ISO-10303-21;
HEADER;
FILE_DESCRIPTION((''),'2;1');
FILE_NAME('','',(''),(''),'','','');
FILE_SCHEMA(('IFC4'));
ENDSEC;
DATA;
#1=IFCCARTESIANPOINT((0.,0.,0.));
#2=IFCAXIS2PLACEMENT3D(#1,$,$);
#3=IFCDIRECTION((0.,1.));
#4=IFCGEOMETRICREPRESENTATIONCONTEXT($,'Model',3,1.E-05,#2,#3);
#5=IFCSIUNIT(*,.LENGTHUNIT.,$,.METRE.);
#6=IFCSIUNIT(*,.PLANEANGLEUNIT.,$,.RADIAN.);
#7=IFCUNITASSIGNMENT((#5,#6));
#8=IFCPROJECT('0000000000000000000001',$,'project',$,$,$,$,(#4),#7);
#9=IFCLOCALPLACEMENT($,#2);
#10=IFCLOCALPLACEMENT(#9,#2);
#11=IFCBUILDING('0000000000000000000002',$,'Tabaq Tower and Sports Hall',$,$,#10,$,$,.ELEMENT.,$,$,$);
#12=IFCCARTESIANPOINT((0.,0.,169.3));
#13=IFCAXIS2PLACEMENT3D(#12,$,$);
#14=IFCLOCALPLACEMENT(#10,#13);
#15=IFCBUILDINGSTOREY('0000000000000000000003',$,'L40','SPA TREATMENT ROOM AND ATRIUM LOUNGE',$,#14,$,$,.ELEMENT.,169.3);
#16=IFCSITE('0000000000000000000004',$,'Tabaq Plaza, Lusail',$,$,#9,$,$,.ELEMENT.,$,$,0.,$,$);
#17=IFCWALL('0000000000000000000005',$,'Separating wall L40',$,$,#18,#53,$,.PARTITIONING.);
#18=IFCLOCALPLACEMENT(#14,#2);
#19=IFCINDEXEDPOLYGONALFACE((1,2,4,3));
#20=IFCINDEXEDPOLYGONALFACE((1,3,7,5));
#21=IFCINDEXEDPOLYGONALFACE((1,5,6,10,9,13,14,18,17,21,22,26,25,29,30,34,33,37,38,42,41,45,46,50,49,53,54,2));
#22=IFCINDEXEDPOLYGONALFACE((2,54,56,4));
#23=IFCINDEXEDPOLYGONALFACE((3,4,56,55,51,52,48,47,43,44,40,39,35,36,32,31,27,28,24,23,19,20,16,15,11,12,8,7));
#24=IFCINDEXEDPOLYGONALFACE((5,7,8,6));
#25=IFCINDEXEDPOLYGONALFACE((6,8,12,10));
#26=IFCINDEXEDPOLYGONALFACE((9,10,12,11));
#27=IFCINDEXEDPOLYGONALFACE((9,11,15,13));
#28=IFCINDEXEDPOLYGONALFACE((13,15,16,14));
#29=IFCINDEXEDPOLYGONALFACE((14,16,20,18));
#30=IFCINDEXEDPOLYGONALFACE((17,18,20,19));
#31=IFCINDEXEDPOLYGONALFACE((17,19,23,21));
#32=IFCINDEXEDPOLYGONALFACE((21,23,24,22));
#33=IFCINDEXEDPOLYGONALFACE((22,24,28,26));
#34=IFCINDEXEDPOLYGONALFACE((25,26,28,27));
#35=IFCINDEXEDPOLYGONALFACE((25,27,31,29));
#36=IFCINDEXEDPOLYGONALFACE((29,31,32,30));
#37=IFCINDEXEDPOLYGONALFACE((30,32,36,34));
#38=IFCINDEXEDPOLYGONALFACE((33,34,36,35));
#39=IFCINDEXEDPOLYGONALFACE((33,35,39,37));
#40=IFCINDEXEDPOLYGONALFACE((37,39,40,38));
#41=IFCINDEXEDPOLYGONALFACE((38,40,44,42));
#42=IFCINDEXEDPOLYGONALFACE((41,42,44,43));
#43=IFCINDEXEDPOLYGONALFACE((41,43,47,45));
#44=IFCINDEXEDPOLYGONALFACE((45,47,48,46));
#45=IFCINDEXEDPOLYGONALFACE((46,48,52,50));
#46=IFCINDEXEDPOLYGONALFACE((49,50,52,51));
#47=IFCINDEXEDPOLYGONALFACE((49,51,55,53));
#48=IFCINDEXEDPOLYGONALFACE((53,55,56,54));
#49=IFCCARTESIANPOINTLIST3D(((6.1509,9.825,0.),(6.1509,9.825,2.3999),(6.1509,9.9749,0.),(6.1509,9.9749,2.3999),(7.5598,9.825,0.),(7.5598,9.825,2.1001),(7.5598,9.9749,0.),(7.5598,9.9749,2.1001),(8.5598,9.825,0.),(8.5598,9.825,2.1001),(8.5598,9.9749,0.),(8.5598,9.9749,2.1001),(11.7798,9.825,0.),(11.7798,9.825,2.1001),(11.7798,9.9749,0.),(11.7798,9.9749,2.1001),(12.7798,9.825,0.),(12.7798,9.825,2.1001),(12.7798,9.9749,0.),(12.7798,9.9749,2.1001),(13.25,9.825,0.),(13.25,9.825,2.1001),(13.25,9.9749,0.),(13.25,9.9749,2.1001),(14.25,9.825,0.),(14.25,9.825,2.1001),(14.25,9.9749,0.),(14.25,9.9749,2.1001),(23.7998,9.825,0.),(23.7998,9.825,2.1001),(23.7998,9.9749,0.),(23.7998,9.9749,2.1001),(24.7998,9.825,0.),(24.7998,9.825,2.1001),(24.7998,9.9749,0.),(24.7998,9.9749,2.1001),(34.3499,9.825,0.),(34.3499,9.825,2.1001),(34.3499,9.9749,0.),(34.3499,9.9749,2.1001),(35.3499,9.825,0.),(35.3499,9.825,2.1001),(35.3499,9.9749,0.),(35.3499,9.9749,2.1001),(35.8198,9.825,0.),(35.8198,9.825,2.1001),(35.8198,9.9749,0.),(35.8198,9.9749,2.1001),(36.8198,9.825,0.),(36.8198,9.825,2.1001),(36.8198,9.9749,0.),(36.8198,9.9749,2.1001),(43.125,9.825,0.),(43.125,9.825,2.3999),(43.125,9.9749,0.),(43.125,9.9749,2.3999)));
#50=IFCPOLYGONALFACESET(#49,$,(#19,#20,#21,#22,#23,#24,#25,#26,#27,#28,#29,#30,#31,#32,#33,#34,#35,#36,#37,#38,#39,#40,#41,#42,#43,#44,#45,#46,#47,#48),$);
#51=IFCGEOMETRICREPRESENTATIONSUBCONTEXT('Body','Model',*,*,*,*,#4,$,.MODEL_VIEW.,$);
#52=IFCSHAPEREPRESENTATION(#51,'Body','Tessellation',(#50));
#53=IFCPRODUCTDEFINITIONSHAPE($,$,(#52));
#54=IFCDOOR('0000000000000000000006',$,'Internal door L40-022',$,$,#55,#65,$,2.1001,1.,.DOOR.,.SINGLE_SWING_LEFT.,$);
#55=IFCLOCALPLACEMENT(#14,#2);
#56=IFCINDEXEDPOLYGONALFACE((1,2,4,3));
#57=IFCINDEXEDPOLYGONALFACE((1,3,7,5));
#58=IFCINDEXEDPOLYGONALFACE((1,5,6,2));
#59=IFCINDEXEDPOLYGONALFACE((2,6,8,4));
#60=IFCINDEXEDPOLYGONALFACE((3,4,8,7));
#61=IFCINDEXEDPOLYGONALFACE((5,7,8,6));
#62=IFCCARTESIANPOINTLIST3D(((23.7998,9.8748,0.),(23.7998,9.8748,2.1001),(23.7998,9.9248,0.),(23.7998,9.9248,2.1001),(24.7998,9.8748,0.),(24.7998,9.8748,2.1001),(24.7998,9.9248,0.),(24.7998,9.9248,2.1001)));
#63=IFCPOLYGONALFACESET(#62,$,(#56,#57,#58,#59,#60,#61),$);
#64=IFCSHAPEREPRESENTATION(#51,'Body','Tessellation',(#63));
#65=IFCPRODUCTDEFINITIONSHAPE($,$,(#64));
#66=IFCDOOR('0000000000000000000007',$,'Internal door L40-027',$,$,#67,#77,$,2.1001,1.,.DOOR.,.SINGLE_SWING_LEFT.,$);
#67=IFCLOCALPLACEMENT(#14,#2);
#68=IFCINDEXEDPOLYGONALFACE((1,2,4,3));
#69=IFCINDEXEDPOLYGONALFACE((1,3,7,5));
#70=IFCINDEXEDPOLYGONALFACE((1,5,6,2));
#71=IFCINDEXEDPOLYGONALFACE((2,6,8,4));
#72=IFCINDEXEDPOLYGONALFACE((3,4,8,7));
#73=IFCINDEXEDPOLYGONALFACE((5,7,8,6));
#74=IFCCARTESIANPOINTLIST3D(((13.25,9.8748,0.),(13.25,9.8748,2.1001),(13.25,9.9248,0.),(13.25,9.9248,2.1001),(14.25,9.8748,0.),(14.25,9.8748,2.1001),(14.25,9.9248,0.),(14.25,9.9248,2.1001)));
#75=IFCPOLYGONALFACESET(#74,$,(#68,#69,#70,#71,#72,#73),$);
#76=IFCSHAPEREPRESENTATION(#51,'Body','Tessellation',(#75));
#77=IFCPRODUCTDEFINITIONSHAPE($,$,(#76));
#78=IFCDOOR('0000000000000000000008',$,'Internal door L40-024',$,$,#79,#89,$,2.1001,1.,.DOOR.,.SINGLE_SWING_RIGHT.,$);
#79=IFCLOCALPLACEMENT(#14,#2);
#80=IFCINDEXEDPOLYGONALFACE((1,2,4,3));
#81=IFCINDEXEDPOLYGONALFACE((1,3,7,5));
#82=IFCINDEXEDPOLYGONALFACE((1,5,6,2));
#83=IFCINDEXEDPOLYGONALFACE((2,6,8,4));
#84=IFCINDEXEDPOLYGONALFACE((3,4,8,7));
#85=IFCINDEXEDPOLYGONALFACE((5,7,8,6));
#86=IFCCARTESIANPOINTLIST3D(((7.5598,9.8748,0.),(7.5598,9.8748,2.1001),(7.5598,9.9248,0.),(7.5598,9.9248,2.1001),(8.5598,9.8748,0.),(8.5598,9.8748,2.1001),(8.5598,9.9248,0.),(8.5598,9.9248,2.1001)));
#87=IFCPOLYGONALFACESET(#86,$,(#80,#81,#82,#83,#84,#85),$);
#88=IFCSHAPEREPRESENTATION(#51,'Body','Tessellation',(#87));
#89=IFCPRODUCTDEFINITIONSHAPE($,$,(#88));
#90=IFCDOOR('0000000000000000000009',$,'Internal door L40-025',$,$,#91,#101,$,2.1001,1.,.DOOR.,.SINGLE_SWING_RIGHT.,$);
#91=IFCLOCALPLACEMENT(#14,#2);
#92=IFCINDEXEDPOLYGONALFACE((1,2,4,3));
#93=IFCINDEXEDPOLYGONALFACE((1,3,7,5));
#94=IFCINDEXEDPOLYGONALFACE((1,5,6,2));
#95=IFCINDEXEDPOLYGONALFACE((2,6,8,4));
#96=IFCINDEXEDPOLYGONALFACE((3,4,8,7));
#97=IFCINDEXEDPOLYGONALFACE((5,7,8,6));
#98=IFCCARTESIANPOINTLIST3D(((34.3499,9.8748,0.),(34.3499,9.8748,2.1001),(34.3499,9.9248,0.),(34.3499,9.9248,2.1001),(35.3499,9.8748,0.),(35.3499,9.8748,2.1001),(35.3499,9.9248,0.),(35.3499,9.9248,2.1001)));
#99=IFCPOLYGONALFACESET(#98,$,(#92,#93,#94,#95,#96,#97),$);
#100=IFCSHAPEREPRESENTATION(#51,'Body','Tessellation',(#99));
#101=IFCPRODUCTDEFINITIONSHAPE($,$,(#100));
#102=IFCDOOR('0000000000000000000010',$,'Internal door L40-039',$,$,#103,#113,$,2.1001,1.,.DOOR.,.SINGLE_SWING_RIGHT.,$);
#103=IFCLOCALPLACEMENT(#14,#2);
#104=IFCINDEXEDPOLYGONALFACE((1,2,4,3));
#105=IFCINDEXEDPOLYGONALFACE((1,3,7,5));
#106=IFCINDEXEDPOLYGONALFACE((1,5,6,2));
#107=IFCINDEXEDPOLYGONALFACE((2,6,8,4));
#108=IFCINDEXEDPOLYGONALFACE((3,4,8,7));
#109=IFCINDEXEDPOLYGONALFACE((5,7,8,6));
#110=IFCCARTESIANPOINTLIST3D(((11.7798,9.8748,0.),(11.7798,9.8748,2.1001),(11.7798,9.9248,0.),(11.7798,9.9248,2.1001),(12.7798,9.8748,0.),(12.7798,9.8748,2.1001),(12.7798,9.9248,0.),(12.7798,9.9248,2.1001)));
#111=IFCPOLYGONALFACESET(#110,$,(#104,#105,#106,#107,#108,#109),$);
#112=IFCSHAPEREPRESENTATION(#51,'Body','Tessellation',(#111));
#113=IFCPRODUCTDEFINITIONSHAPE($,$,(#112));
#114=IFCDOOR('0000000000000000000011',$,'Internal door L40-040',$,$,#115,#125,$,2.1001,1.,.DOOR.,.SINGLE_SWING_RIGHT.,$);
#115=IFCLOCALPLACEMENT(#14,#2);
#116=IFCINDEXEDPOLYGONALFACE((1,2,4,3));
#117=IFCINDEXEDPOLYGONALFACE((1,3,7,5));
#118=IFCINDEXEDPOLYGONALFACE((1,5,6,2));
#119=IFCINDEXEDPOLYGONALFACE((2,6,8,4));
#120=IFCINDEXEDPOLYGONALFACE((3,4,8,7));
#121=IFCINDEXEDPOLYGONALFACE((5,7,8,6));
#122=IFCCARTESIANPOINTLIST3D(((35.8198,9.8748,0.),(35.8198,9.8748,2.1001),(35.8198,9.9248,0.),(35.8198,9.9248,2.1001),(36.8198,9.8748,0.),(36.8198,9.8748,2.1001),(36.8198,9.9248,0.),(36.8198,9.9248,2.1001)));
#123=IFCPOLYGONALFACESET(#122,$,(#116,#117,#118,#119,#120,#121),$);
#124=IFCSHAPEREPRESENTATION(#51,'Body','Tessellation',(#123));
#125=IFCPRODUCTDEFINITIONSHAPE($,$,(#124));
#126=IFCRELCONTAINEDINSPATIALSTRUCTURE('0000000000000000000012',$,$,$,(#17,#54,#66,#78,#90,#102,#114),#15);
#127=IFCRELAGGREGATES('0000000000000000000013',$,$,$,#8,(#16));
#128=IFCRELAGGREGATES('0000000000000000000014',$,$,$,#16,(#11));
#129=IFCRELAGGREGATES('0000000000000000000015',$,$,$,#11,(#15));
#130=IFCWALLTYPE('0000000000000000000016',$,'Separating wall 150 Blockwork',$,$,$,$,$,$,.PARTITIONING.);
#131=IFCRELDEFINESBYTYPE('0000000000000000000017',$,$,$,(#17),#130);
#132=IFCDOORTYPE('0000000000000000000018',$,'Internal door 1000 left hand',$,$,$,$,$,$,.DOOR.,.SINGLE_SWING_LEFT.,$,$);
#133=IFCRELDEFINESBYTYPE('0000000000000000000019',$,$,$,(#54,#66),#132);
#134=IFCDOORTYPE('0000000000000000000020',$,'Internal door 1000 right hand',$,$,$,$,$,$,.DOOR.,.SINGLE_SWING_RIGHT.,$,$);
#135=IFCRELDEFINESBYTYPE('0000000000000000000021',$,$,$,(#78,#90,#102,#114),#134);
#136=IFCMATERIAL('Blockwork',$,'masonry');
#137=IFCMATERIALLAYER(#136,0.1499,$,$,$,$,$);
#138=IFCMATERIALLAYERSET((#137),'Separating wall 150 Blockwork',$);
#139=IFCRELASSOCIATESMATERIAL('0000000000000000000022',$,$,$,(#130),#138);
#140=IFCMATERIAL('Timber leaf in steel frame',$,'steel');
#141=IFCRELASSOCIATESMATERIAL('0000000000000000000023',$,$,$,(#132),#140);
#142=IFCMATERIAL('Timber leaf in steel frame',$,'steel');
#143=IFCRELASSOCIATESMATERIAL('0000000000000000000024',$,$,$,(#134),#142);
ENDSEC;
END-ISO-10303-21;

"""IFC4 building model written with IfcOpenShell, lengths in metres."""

from ifc_helpers import new_model, si_unit, direction, frame, frame_2d, origin, place, context, subcontext, project, spatial, rectangle, extrude, material, layer, layer_set, type_object, element, fill, save


model = new_model("IFC4")

# Units and contexts
model_context = context("Model", 3, precision=1e-05, world=origin(), true_north=direction((0.0, 1.0)))
body_context = subcontext(model_context, "Body", "Model", "MODEL_VIEW")
ifc_project = project(units=[si_unit("LENGTHUNIT", "METRE"), si_unit("PLANEANGLEUNIT", "RADIAN")], contexts=[model_context])

# Site, building, storey
site_placement = place(None, origin())
site = spatial("IfcSite", under=ifc_project, at=site_placement, Name="Tabaq Plaza, Lusail", CompositionType="ELEMENT", RefElevation=0.0)
building_placement = place(site_placement, origin())
building = spatial("IfcBuilding", under=site, at=building_placement, Name="Tabaq Tower and Sports Hall", CompositionType="ELEMENT")
storey_placement = place(building_placement, frame((0.0, 0.0, 169.3)))
storey = spatial("IfcBuildingStorey", under=building, at=storey_placement, Name="L40", Description="SPA TREATMENT ROOM AND ATRIUM LOUNGE", CompositionType="ELEMENT", Elevation=169.3)

# Wall, openings, doors
ifc_material_1 = material(Name="Blockwork", Category="masonry")
ifc_layer_1 = layer(ifc_material_1, 0.1499)
ifc_layer_set_1 = layer_set([ifc_layer_1], Name="Separating wall 150 Blockwork")
wall_type_1 = type_object("IfcWallType", Name="Separating wall 150 Blockwork", PredefinedType="PARTITIONING", material=ifc_layer_set_1)
wall_1_placement = place(storey_placement, frame((6.1509, 9.8999, 0.0), z_axis=(0.0, 0.0, 1.0), x_axis=(1.0, 0.0, 0.0)))
wall_1 = element("IfcWall", 1, at=wall_1_placement, inside=storey, type_object=wall_type_1, Name="Separating wall L40", PredefinedType="PARTITIONING", context=body_context, shape_type="SweptSolid", body=[
    extrude(rectangle(XDim=36.9741, YDim=0.1499, at=frame_2d((18.4871, 0.0))), origin(), (0.0, 0.0, 1.0), 2.3999),
])
opening_1_placement = place(wall_1_placement, frame((17.6489, 0.0, 0.0)))
opening_1 = element("IfcOpeningElement", 2, at=opening_1_placement, cuts=wall_1, PredefinedType="OPENING", context=body_context, shape_type="SweptSolid", body=[
    extrude(rectangle(XDim=1.0, YDim=2.1001, at=frame_2d((0.5, 1.05))), frame((0.0, 0.075, 0.0), z_axis=(0.0, -1.0, 0.0), x_axis=(1.0, 0.0, 0.0)), (0.0, 0.0, 1.0), 0.1499),
])
opening_2_placement = place(wall_1_placement, frame((1.4089, 0.0, 0.0)))
opening_2 = element("IfcOpeningElement", 3, at=opening_2_placement, cuts=wall_1, PredefinedType="OPENING", context=body_context, shape_type="SweptSolid", body=[
    extrude(rectangle(XDim=1.0, YDim=2.1001, at=frame_2d((0.5, 1.05))), frame((0.0, 0.075, 0.0), z_axis=(0.0, -1.0, 0.0), x_axis=(1.0, 0.0, 0.0)), (0.0, 0.0, 1.0), 0.1499),
])
opening_3_placement = place(wall_1_placement, frame((28.199, 0.0, 0.0)))
opening_3 = element("IfcOpeningElement", 4, at=opening_3_placement, cuts=wall_1, PredefinedType="OPENING", context=body_context, shape_type="SweptSolid", body=[
    extrude(rectangle(XDim=1.0, YDim=2.1001, at=frame_2d((0.5, 1.05))), frame((0.0, 0.075, 0.0), z_axis=(0.0, -1.0, 0.0), x_axis=(1.0, 0.0, 0.0)), (0.0, 0.0, 1.0), 0.1499),
])
opening_4_placement = place(wall_1_placement, frame((7.0991, 0.0, 0.0)))
opening_4 = element("IfcOpeningElement", 5, at=opening_4_placement, cuts=wall_1, PredefinedType="OPENING", context=body_context, shape_type="SweptSolid", body=[
    extrude(rectangle(XDim=1.0, YDim=2.1001, at=frame_2d((0.5, 1.05))), frame((0.0, 0.075, 0.0), z_axis=(0.0, -1.0, 0.0), x_axis=(1.0, 0.0, 0.0)), (0.0, 0.0, 1.0), 0.1499),
])
opening_5_placement = place(wall_1_placement, frame((5.6289, 0.0, 0.0)))
opening_5 = element("IfcOpeningElement", 6, at=opening_5_placement, cuts=wall_1, PredefinedType="OPENING", context=body_context, shape_type="SweptSolid", body=[
    extrude(rectangle(XDim=1.0, YDim=2.1001, at=frame_2d((0.5, 1.05))), frame((0.0, 0.075, 0.0), z_axis=(0.0, -1.0, 0.0), x_axis=(1.0, 0.0, 0.0)), (0.0, 0.0, 1.0), 0.1499),
])
opening_6_placement = place(wall_1_placement, frame((29.6689, 0.0, 0.0)))
opening_6 = element("IfcOpeningElement", 7, at=opening_6_placement, cuts=wall_1, PredefinedType="OPENING", context=body_context, shape_type="SweptSolid", body=[
    extrude(rectangle(XDim=1.0, YDim=2.1001, at=frame_2d((0.5, 1.05))), frame((0.0, 0.075, 0.0), z_axis=(0.0, -1.0, 0.0), x_axis=(1.0, 0.0, 0.0)), (0.0, 0.0, 1.0), 0.1499),
])
ifc_material_2 = material(Name="Timber leaf in steel frame", Category="steel")
door_type_1 = type_object("IfcDoorType", Name="Internal door 1000 left hand", OperationType="SINGLE_SWING_LEFT", PredefinedType="DOOR", material=ifc_material_2)
door_1_placement = place(opening_1_placement, origin())
door_1 = element("IfcDoor", 8, at=door_1_placement, inside=storey, type_object=door_type_1, Name="Internal door L40-022", OperationType="SINGLE_SWING_LEFT", OverallHeight=2.1001, OverallWidth=1.0, PredefinedType="DOOR", context=body_context, shape_type="SweptSolid", body=[
    extrude(rectangle(XDim=1.0, YDim=2.1001, at=frame_2d((0.5, 1.05))), frame((0.0, 0.0249, 0.0), z_axis=(0.0, -1.0, 0.0), x_axis=(1.0, 0.0, 0.0)), (0.0, 0.0, 1.0), 0.05),
])
fill(opening_1, door_1)
door_2_placement = place(opening_4_placement, origin())
door_2 = element("IfcDoor", 9, at=door_2_placement, inside=storey, type_object=door_type_1, Name="Internal door L40-027", OperationType="SINGLE_SWING_LEFT", OverallHeight=2.1001, OverallWidth=1.0, PredefinedType="DOOR", context=body_context, shape_type="SweptSolid", body=[
    extrude(rectangle(XDim=1.0, YDim=2.1001, at=frame_2d((0.5, 1.05))), frame((0.0, 0.0249, 0.0), z_axis=(0.0, -1.0, 0.0), x_axis=(1.0, 0.0, 0.0)), (0.0, 0.0, 1.0), 0.05),
])
fill(opening_4, door_2)
ifc_material_3 = material(Name="Timber leaf in steel frame", Category="steel")
door_type_2 = type_object("IfcDoorType", Name="Internal door 1000 right hand", OperationType="SINGLE_SWING_RIGHT", PredefinedType="DOOR", material=ifc_material_3)
door_3_placement = place(opening_2_placement, origin())
door_3 = element("IfcDoor", 10, at=door_3_placement, inside=storey, type_object=door_type_2, Name="Internal door L40-024", OperationType="SINGLE_SWING_RIGHT", OverallHeight=2.1001, OverallWidth=1.0, PredefinedType="DOOR", context=body_context, shape_type="SweptSolid", body=[
    extrude(rectangle(XDim=1.0, YDim=2.1001, at=frame_2d((0.5, 1.05))), frame((0.0, 0.0249, 0.0), z_axis=(0.0, -1.0, 0.0), x_axis=(1.0, 0.0, 0.0)), (0.0, 0.0, 1.0), 0.05),
])
fill(opening_2, door_3)
door_4_placement = place(opening_3_placement, origin())
door_4 = element("IfcDoor", 11, at=door_4_placement, inside=storey, type_object=door_type_2, Name="Internal door L40-025", OperationType="SINGLE_SWING_RIGHT", OverallHeight=2.1001, OverallWidth=1.0, PredefinedType="DOOR", context=body_context, shape_type="SweptSolid", body=[
    extrude(rectangle(XDim=1.0, YDim=2.1001, at=frame_2d((0.5, 1.05))), frame((0.0, 0.0249, 0.0), z_axis=(0.0, -1.0, 0.0), x_axis=(1.0, 0.0, 0.0)), (0.0, 0.0, 1.0), 0.05),
])
fill(opening_3, door_4)
door_5_placement = place(opening_5_placement, origin())
door_5 = element("IfcDoor", 12, at=door_5_placement, inside=storey, type_object=door_type_2, Name="Internal door L40-039", OperationType="SINGLE_SWING_RIGHT", OverallHeight=2.1001, OverallWidth=1.0, PredefinedType="DOOR", context=body_context, shape_type="SweptSolid", body=[
    extrude(rectangle(XDim=1.0, YDim=2.1001, at=frame_2d((0.5, 1.05))), frame((0.0, 0.0249, 0.0), z_axis=(0.0, -1.0, 0.0), x_axis=(1.0, 0.0, 0.0)), (0.0, 0.0, 1.0), 0.05),
])
fill(opening_5, door_5)
door_6_placement = place(opening_6_placement, origin())
door_6 = element("IfcDoor", 13, at=door_6_placement, inside=storey, type_object=door_type_2, Name="Internal door L40-040", OperationType="SINGLE_SWING_RIGHT", OverallHeight=2.1001, OverallWidth=1.0, PredefinedType="DOOR", context=body_context, shape_type="SweptSolid", body=[
    extrude(rectangle(XDim=1.0, YDim=2.1001, at=frame_2d((0.5, 1.05))), frame((0.0, 0.0249, 0.0), z_axis=(0.0, -1.0, 0.0), x_axis=(1.0, 0.0, 0.0)), (0.0, 0.0, 1.0), 0.05),
])
fill(opening_6, door_6)

save(model, "model.ifc")
